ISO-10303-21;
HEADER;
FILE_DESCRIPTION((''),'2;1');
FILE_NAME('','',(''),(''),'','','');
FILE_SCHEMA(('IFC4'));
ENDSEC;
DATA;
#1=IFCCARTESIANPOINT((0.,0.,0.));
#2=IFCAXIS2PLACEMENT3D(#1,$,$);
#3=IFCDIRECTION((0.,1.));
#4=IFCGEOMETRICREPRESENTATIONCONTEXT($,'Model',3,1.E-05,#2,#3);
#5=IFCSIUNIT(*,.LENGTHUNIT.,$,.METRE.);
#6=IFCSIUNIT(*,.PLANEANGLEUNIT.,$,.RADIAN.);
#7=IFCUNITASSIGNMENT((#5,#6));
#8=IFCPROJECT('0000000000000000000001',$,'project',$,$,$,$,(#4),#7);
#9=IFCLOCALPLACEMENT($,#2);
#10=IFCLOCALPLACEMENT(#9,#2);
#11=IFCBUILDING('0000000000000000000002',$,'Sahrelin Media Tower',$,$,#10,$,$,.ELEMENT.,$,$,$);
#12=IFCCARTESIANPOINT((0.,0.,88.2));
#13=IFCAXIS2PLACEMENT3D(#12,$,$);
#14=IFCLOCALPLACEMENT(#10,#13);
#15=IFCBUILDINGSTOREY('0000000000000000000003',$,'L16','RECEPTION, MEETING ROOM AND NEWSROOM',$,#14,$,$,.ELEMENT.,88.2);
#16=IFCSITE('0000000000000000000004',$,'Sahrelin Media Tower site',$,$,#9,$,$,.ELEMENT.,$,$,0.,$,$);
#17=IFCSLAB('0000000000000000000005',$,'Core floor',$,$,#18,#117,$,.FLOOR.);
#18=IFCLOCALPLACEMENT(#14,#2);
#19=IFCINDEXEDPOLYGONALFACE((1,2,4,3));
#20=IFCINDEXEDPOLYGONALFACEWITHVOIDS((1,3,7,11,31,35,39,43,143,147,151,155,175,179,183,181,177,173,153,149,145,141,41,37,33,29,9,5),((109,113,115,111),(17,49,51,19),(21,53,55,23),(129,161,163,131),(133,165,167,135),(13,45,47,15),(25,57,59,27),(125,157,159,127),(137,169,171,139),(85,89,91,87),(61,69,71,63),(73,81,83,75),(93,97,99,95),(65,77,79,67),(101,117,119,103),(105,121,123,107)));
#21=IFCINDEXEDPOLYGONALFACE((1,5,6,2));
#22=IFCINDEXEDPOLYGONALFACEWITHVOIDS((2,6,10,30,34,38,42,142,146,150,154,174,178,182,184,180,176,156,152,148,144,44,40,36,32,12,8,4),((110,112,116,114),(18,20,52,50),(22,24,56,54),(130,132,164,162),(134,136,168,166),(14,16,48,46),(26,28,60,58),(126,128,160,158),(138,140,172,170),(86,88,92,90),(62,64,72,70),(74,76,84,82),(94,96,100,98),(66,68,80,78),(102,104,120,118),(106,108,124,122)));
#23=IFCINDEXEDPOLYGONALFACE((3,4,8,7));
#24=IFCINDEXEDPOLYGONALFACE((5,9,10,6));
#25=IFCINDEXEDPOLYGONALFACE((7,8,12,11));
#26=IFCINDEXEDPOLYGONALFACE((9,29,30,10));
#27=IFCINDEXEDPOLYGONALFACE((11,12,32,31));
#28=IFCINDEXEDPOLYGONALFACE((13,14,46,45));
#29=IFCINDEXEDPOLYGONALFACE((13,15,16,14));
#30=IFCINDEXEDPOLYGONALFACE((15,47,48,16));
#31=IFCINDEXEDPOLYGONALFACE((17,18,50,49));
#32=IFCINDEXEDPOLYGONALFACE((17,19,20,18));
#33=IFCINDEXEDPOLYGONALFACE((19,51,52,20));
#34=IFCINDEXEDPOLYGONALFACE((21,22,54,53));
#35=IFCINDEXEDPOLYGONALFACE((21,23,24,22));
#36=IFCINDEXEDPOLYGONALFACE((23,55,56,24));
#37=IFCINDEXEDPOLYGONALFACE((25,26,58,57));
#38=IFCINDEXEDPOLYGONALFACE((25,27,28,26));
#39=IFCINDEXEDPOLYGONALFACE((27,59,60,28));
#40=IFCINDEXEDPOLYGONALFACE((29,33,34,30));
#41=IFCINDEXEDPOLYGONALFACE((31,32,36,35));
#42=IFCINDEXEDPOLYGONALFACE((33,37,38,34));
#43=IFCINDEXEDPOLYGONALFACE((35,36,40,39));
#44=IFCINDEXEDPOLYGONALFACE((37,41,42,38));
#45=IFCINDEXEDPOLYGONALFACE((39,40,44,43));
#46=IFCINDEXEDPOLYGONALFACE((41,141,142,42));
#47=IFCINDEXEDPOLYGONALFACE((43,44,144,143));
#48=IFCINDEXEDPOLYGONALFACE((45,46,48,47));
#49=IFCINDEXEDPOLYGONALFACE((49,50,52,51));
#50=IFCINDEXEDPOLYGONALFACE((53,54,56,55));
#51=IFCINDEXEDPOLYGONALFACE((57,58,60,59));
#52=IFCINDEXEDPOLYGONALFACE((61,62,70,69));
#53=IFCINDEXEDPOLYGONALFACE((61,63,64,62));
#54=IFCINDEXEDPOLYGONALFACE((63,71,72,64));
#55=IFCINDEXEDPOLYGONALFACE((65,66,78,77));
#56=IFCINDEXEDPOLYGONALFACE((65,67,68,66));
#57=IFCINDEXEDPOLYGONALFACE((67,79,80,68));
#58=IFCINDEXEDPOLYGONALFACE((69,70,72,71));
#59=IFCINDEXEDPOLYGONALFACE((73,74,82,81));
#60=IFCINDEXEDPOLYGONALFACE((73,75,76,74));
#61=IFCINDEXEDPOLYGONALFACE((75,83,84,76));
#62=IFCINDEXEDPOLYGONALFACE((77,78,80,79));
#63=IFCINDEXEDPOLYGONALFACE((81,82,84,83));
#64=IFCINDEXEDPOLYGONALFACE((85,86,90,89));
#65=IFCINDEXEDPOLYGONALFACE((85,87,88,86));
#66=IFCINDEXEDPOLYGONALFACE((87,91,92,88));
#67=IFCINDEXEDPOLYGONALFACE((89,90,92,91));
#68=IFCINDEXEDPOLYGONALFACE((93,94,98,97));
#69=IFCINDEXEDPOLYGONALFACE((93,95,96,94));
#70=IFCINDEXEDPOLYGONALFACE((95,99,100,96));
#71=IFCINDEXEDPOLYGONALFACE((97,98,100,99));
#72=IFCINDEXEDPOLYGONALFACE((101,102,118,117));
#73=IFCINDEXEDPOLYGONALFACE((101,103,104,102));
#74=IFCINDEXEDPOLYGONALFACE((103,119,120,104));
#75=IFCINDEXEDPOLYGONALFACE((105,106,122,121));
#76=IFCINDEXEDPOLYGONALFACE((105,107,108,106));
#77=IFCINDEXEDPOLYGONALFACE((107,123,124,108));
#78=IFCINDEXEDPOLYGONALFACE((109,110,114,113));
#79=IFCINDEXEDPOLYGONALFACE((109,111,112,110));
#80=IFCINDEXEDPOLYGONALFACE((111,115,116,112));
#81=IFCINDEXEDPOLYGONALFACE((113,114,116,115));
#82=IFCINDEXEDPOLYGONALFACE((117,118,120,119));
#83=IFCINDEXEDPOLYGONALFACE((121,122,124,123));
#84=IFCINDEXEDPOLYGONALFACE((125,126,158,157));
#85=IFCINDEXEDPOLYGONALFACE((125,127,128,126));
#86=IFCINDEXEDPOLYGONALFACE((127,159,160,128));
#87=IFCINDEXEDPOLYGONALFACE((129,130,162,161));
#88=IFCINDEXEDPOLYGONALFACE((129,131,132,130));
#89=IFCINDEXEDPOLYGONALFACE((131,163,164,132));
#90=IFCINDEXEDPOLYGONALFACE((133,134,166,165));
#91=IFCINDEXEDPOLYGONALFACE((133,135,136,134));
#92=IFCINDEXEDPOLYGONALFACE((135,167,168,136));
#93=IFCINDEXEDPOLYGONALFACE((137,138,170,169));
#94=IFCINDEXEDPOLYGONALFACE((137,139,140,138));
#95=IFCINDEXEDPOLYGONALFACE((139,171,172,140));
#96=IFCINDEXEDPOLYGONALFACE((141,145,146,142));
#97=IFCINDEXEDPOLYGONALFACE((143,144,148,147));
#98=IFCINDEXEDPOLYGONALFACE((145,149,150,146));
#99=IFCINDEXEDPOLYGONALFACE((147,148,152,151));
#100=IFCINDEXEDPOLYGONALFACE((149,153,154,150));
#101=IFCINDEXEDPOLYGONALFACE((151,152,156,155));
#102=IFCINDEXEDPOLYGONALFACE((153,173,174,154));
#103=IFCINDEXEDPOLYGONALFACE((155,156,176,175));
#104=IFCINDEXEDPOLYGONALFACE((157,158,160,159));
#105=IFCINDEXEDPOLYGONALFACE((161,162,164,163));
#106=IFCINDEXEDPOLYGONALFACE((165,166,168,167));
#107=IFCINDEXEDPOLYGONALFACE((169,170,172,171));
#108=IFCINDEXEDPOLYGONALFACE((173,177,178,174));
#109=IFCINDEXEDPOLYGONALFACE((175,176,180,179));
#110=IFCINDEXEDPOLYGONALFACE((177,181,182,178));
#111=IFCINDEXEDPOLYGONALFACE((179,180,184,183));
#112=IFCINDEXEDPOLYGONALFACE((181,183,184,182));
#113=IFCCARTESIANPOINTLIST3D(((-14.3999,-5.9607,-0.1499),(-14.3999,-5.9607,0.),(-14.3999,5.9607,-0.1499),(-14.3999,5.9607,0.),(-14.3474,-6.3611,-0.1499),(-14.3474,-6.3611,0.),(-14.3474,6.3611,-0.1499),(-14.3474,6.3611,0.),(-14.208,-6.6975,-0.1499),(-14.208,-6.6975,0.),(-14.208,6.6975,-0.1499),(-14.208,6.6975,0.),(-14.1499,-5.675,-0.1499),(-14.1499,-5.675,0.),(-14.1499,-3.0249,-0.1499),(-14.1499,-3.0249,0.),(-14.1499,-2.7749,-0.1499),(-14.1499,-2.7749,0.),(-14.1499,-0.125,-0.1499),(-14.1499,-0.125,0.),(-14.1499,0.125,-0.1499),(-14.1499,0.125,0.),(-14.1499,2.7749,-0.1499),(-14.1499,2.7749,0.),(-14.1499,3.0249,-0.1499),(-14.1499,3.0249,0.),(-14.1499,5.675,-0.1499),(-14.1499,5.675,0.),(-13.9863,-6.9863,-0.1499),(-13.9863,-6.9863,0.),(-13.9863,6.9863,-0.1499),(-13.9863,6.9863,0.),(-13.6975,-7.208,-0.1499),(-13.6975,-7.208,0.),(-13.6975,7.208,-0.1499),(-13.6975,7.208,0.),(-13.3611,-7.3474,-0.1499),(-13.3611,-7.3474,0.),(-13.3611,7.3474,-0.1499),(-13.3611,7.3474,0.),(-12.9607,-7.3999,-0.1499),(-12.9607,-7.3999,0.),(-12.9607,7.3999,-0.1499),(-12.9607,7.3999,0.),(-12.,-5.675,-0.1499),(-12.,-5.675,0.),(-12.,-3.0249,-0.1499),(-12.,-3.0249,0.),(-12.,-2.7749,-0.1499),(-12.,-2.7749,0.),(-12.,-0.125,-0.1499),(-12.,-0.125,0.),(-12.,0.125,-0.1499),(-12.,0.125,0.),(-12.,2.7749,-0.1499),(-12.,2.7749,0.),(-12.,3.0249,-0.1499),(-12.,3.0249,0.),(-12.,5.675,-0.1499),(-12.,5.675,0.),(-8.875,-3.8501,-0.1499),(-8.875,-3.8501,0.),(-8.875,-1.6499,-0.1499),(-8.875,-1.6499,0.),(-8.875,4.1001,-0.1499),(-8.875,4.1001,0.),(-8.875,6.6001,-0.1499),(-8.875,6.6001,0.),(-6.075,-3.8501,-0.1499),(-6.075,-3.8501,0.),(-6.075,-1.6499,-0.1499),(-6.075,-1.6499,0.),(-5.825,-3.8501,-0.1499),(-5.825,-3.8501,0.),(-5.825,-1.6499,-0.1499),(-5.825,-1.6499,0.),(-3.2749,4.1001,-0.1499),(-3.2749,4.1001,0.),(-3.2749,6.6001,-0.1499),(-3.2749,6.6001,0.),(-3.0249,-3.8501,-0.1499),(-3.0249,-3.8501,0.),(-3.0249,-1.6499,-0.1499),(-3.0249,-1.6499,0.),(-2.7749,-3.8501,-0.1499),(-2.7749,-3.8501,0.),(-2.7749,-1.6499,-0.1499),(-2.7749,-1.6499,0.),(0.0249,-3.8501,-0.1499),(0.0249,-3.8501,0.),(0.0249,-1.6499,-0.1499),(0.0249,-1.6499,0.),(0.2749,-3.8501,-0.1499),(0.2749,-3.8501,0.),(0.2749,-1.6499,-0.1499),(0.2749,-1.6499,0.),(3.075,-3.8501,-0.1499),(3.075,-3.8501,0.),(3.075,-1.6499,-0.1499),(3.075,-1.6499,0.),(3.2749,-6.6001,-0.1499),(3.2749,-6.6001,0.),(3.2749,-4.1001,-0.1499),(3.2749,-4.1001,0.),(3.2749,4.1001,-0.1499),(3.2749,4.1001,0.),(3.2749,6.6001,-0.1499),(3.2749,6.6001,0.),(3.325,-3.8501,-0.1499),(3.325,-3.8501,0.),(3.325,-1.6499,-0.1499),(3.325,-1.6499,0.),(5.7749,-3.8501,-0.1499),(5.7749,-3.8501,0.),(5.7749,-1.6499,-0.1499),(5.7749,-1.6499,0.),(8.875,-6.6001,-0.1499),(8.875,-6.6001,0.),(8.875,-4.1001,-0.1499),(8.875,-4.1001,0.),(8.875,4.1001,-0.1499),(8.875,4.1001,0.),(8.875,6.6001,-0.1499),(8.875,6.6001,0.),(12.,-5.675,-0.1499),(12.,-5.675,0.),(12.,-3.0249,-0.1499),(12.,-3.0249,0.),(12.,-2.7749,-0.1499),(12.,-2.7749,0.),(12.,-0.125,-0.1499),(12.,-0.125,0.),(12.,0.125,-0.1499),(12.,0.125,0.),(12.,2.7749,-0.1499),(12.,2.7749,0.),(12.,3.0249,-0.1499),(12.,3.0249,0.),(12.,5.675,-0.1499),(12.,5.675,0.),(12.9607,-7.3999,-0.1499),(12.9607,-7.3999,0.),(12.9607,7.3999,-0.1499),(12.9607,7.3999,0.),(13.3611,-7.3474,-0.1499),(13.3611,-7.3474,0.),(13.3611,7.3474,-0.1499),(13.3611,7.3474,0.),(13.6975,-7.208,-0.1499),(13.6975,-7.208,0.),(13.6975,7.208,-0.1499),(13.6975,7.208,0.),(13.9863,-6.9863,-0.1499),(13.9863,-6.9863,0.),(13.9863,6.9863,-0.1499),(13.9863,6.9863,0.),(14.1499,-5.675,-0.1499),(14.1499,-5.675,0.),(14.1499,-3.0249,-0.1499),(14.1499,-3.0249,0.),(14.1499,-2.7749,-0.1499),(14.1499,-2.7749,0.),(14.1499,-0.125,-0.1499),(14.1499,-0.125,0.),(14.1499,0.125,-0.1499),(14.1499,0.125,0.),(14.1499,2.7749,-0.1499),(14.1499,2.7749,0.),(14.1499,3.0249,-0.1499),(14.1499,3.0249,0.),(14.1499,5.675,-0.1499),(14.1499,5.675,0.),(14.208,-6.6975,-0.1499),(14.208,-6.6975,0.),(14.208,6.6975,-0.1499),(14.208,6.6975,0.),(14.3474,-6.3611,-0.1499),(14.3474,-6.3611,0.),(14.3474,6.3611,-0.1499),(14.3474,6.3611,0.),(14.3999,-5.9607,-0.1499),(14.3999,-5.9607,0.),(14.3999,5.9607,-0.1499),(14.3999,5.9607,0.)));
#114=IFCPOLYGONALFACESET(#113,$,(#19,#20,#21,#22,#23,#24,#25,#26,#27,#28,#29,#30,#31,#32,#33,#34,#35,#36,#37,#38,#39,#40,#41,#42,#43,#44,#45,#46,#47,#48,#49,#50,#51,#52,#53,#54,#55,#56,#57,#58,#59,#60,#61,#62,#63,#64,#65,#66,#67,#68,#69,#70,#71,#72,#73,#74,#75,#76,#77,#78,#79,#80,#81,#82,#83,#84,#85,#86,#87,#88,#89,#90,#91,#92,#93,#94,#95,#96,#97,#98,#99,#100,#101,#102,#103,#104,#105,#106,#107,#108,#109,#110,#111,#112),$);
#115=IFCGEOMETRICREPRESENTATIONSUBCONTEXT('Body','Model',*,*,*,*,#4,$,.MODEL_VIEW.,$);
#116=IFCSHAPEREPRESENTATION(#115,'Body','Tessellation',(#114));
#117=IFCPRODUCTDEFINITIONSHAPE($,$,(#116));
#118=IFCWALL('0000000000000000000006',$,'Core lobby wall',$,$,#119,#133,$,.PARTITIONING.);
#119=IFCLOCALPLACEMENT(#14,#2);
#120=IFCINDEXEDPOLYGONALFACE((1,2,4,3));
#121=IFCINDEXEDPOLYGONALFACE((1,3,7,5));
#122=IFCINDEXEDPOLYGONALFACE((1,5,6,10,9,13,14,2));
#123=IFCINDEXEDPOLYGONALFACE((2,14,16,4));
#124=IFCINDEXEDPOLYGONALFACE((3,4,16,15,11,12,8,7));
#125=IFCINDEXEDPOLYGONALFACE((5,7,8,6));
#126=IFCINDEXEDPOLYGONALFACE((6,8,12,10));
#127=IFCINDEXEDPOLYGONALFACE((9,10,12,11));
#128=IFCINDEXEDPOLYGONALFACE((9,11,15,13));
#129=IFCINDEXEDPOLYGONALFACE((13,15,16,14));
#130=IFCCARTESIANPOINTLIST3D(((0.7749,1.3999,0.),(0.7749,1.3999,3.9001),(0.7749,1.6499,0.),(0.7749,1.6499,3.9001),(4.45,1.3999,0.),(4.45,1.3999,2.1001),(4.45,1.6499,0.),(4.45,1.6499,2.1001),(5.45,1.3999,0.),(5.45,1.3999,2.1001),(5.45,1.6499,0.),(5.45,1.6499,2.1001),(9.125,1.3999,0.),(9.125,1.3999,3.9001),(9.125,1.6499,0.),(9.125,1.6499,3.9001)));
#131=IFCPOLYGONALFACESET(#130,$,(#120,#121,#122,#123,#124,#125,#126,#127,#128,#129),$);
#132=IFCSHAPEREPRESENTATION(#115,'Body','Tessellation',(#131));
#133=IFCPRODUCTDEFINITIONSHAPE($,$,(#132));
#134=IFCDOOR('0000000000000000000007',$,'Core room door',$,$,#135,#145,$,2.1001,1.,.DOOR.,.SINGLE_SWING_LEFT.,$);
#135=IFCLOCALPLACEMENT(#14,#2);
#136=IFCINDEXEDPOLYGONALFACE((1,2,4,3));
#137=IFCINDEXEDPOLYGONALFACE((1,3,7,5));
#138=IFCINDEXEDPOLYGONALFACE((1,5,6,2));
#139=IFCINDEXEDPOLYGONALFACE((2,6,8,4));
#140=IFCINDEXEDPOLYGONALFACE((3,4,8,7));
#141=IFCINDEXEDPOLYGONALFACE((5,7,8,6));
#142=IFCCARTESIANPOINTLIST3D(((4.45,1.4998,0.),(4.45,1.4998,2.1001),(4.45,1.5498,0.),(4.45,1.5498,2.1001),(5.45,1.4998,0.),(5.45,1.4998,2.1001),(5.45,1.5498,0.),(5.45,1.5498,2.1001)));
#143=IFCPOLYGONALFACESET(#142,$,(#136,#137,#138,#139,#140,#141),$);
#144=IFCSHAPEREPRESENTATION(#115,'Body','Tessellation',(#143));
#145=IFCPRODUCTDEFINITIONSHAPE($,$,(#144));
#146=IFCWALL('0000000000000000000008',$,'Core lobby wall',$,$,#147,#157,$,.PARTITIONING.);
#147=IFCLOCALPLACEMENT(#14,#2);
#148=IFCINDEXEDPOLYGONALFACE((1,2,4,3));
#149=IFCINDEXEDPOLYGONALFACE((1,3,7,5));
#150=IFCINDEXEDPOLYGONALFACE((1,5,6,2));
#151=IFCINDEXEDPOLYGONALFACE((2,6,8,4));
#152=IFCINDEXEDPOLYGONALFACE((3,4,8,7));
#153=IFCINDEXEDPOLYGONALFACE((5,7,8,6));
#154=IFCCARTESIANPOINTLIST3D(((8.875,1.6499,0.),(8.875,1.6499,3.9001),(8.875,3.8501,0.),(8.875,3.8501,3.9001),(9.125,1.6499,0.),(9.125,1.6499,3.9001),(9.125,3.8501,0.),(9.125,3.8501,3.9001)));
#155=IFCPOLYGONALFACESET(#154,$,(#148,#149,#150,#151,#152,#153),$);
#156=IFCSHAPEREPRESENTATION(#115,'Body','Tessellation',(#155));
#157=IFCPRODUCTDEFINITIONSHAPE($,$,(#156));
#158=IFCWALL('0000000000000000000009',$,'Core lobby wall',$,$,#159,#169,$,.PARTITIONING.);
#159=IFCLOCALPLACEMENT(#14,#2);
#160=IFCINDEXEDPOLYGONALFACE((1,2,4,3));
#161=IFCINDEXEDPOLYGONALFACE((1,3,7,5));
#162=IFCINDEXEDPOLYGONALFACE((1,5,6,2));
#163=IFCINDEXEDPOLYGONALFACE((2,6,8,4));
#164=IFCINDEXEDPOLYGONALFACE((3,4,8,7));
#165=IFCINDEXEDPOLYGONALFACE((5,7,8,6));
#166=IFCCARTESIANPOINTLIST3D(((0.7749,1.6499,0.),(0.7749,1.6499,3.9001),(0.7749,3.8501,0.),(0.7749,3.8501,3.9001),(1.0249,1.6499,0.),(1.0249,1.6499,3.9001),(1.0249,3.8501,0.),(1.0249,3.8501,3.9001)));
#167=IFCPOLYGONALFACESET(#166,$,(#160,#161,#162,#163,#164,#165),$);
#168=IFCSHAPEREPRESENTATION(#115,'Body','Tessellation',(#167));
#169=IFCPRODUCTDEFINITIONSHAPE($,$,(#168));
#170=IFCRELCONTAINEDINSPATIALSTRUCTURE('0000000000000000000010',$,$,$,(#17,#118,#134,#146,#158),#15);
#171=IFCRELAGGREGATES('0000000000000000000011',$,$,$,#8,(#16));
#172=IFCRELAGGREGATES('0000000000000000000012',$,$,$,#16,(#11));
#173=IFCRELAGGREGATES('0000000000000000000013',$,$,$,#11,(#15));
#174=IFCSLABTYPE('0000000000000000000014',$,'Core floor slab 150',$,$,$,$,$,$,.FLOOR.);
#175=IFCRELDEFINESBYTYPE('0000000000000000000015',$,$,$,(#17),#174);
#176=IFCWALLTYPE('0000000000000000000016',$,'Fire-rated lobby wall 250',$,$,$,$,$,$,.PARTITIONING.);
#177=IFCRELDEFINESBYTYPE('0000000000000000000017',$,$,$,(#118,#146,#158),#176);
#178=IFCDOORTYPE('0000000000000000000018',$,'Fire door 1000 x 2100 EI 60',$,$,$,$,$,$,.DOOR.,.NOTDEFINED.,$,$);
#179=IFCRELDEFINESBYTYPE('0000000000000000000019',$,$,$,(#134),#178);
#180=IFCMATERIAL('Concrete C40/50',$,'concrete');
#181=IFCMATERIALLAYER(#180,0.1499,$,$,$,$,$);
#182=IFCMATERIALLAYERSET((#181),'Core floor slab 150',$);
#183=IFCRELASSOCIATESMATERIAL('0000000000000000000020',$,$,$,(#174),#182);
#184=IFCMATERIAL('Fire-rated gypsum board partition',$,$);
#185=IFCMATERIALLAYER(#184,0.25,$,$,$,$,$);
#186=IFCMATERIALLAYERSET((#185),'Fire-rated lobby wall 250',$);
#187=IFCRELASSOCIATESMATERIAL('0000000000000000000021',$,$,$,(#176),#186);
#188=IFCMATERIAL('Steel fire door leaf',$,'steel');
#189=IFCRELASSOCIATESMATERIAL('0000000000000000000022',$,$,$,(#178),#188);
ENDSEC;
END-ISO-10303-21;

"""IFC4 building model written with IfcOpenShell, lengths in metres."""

from ifc_helpers import new_model, si_unit, direction, frame, frame_2d, origin, place, context, subcontext, project, spatial, polyline, rectangle, outline, extrude, material, layer, layer_set, type_object, element, fill, save


model = new_model("IFC4")

# Units and contexts
model_context = context("Model", 3, precision=1e-05, world=origin(), true_north=direction((0.0, 1.0)))
body_context = subcontext(model_context, "Body", "Model", "MODEL_VIEW")
ifc_project = project(units=[si_unit("LENGTHUNIT", "METRE"), si_unit("PLANEANGLEUNIT", "RADIAN")], contexts=[model_context])

# Site, building, storey
site_placement = place(None, origin())
site = spatial("IfcSite", under=ifc_project, at=site_placement, Name="Sahrelin Media Tower site", CompositionType="ELEMENT", RefElevation=0.0)
building_placement = place(site_placement, origin())
building = spatial("IfcBuilding", under=site, at=building_placement, Name="Sahrelin Media Tower", CompositionType="ELEMENT")
storey_placement = place(building_placement, frame((0.0, 0.0, 88.2)))
storey = spatial("IfcBuildingStorey", under=building, at=storey_placement, Name="L16", Description="RECEPTION, MEETING ROOM AND NEWSROOM", CompositionType="ELEMENT", Elevation=88.2)

# Slab
ifc_material_1 = material(Name="Concrete C40/50", Category="concrete")
ifc_layer_1 = layer(ifc_material_1, 0.1499)
ifc_layer_set_1 = layer_set([ifc_layer_1], Name="Core floor slab 150")
slab_type = type_object("IfcSlabType", Name="Core floor slab 150", PredefinedType="FLOOR", material=ifc_layer_set_1)
slab_placement = place(storey_placement, frame((0.0, 0.0, -0.1499)))
element("IfcSlab", 1, at=slab_placement, inside=storey, type_object=slab_type, Name="Core floor", PredefinedType="FLOOR", context=body_context, shape_type="SweptSolid", body=[
    extrude(outline(polyline([(-14.3474, 6.3611), (-14.3999, 5.9607), (-14.3999, -5.9607), (-14.3474, -6.3611), (-14.208, -6.6975), (-13.9863, -6.9863), (-13.6975, -7.208), (-13.3611, -7.3474), (-12.9607, -7.3999), (12.9607, -7.3999), (13.3611, -7.3474), (13.6975, -7.208), (13.9863, -6.9863), (14.208, -6.6975), (14.3474, -6.3611), (14.3999, -5.9607), (14.3999, 5.9607), (14.3474, 6.3611), (14.208, 6.6975), (13.9863, 6.9863), (13.6975, 7.208), (13.3611, 7.3474), (12.9607, 7.3999), (-12.9607, 7.3999), (-13.3611, 7.3474), (-13.6975, 7.208), (-13.9863, 6.9863), (-14.208, 6.6975), (-14.3474, 6.3611)]), holes=[polyline([(-12.0, 3.0249), (-12.0, 5.675), (-14.1499, 5.675), (-14.1499, 3.0249), (-12.0, 3.0249)]), polyline([(-14.1499, 0.125), (-12.0, 0.125), (-12.0, 2.7749), (-14.1499, 2.7749), (-14.1499, 0.125)]), polyline([(-14.1499, -0.125), (-14.1499, -2.7749), (-12.0, -2.7749), (-12.0, -0.125), (-14.1499, -0.125)]), polyline([(-12.0, -3.0249), (-14.1499, -3.0249), (-14.1499, -5.675), (-12.0, -5.675), (-12.0, -3.0249)]), polyline([(14.1499, 3.0249), (14.1499, 5.675), (12.0, 5.675), (12.0, 3.0249), (14.1499, 3.0249)]), polyline([(12.0, 0.125), (14.1499, 0.125), (14.1499, 2.7749), (12.0, 2.7749), (12.0, 0.125)]), polyline([(12.0, -0.125), (12.0, -2.7749), (14.1499, -2.7749), (14.1499, -0.125), (12.0, -0.125)]), polyline([(14.1499, -3.0249), (12.0, -3.0249), (12.0, -5.675), (14.1499, -5.675), (14.1499, -3.0249)]), polyline([(-6.075, -3.8501), (-6.075, -1.6499), (-8.875, -1.6499), (-8.875, -3.8501), (-6.075, -3.8501)]), polyline([(-5.825, -3.8501), (-3.0249, -3.8501), (-3.0249, -1.6499), (-5.825, -1.6499), (-5.825, -3.8501)]), polyline([(-2.7749, -1.6499), (-2.7749, -3.8501), (0.0249, -3.8501), (0.0249, -1.6499), (-2.7749, -1.6499)]), polyline([(3.075, -1.6499), (0.2749, -1.6499), (0.2749, -3.8501), (3.075, -3.8501), (3.075, -1.6499)]), polyline([(5.7749, -3.8501), (5.7749, -1.6499), (3.325, -1.6499), (3.325, -3.8501), (5.7749, -3.8501)]), polyline([(-8.875, 6.6001), (-8.875, 4.1001), (-3.2749, 4.1001), (-3.2749, 6.6001), (-8.875, 6.6001)]), polyline([(3.2749, 4.1001), (8.875, 4.1001), (8.875, 6.6001), (3.2749, 6.6001), (3.2749, 4.1001)]), polyline([(3.2749, -4.1001), (3.2749, -6.6001), (8.875, -6.6001), (8.875, -4.1001), (3.2749, -4.1001)])]), origin(), (0.0, 0.0, 1.0), 0.1499),
])

# Wall, opening, door
ifc_material_2 = material(Name="Fire-rated gypsum board partition")
ifc_layer_2 = layer(ifc_material_2, 0.25)
ifc_layer_set_2 = layer_set([ifc_layer_2], Name="Fire-rated lobby wall 250")
wall_type_1 = type_object("IfcWallType", Name="Fire-rated lobby wall 250", PredefinedType="PARTITIONING", material=ifc_layer_set_2)
wall_1_placement = place(storey_placement, frame((0.7749, 1.5249, 0.0), z_axis=(0.0, 0.0, 1.0), x_axis=(1.0, 0.0, 0.0)))
wall_1 = element("IfcWall", 2, at=wall_1_placement, inside=storey, type_object=wall_type_1, Name="Core lobby wall", PredefinedType="PARTITIONING", context=body_context, shape_type="SweptSolid", body=[
    extrude(rectangle(XDim=8.3501, YDim=0.25, at=frame_2d((4.175, 0.0))), origin(), (0.0, 0.0, 1.0), 3.9001),
])
opening_1_placement = place(wall_1_placement, frame((3.675, 0.0, 0.0)))
opening_1 = element("IfcOpeningElement", 3, at=opening_1_placement, cuts=wall_1, PredefinedType="OPENING", context=body_context, shape_type="SweptSolid", body=[
    extrude(rectangle(XDim=1.0, YDim=2.1001, at=frame_2d((0.5, 1.05))), frame((0.0, 0.125, 0.0), z_axis=(0.0, -1.0, 0.0), x_axis=(1.0, 0.0, 0.0)), (0.0, 0.0, 1.0), 0.25),
])
ifc_material_3 = material(Name="Steel fire door leaf", Category="steel")
door_type_1 = type_object("IfcDoorType", Name="Fire door 1000 x 2100 EI 60", OperationType="NOTDEFINED", PredefinedType="DOOR", material=ifc_material_3)
door_1_placement = place(opening_1_placement, origin())
door_1 = element("IfcDoor", 4, at=door_1_placement, inside=storey, type_object=door_type_1, Name="Core room door", OperationType="SINGLE_SWING_LEFT", OverallHeight=2.1001, OverallWidth=1.0, PredefinedType="DOOR", context=body_context, shape_type="SweptSolid", body=[
    extrude(rectangle(XDim=1.0, YDim=2.1001, at=frame_2d((0.5, 1.05))), frame((0.0, 0.0249, 0.0), z_axis=(0.0, -1.0, 0.0), x_axis=(1.0, 0.0, 0.0)), (0.0, 0.0, 1.0), 0.05),
])
fill(opening_1, door_1)

# Walls
for number, where, z_axis, x_axis, name in (
    (5, (9.0, 1.6499, 0.0), (0.0, 0.0, 1.0), (0.0, 1.0, 0.0), "Core lobby wall"),
    (6, (0.8999, 1.6499, 0.0), (0.0, 0.0, 1.0), (0.0, 1.0, 0.0), "Core lobby wall"),
):
    element("IfcWall", number, at=place(storey_placement, frame(where, z_axis=z_axis, x_axis=x_axis)), inside=storey, type_object=wall_type_1, Name=name, PredefinedType="PARTITIONING", context=body_context, shape_type="SweptSolid", body=[
        extrude(rectangle(XDim=2.2002, YDim=0.25, at=frame_2d((1.1001, 0.0))), origin(), (0.0, 0.0, 1.0), 3.9001),
    ])

save(model, "model.ifc")
